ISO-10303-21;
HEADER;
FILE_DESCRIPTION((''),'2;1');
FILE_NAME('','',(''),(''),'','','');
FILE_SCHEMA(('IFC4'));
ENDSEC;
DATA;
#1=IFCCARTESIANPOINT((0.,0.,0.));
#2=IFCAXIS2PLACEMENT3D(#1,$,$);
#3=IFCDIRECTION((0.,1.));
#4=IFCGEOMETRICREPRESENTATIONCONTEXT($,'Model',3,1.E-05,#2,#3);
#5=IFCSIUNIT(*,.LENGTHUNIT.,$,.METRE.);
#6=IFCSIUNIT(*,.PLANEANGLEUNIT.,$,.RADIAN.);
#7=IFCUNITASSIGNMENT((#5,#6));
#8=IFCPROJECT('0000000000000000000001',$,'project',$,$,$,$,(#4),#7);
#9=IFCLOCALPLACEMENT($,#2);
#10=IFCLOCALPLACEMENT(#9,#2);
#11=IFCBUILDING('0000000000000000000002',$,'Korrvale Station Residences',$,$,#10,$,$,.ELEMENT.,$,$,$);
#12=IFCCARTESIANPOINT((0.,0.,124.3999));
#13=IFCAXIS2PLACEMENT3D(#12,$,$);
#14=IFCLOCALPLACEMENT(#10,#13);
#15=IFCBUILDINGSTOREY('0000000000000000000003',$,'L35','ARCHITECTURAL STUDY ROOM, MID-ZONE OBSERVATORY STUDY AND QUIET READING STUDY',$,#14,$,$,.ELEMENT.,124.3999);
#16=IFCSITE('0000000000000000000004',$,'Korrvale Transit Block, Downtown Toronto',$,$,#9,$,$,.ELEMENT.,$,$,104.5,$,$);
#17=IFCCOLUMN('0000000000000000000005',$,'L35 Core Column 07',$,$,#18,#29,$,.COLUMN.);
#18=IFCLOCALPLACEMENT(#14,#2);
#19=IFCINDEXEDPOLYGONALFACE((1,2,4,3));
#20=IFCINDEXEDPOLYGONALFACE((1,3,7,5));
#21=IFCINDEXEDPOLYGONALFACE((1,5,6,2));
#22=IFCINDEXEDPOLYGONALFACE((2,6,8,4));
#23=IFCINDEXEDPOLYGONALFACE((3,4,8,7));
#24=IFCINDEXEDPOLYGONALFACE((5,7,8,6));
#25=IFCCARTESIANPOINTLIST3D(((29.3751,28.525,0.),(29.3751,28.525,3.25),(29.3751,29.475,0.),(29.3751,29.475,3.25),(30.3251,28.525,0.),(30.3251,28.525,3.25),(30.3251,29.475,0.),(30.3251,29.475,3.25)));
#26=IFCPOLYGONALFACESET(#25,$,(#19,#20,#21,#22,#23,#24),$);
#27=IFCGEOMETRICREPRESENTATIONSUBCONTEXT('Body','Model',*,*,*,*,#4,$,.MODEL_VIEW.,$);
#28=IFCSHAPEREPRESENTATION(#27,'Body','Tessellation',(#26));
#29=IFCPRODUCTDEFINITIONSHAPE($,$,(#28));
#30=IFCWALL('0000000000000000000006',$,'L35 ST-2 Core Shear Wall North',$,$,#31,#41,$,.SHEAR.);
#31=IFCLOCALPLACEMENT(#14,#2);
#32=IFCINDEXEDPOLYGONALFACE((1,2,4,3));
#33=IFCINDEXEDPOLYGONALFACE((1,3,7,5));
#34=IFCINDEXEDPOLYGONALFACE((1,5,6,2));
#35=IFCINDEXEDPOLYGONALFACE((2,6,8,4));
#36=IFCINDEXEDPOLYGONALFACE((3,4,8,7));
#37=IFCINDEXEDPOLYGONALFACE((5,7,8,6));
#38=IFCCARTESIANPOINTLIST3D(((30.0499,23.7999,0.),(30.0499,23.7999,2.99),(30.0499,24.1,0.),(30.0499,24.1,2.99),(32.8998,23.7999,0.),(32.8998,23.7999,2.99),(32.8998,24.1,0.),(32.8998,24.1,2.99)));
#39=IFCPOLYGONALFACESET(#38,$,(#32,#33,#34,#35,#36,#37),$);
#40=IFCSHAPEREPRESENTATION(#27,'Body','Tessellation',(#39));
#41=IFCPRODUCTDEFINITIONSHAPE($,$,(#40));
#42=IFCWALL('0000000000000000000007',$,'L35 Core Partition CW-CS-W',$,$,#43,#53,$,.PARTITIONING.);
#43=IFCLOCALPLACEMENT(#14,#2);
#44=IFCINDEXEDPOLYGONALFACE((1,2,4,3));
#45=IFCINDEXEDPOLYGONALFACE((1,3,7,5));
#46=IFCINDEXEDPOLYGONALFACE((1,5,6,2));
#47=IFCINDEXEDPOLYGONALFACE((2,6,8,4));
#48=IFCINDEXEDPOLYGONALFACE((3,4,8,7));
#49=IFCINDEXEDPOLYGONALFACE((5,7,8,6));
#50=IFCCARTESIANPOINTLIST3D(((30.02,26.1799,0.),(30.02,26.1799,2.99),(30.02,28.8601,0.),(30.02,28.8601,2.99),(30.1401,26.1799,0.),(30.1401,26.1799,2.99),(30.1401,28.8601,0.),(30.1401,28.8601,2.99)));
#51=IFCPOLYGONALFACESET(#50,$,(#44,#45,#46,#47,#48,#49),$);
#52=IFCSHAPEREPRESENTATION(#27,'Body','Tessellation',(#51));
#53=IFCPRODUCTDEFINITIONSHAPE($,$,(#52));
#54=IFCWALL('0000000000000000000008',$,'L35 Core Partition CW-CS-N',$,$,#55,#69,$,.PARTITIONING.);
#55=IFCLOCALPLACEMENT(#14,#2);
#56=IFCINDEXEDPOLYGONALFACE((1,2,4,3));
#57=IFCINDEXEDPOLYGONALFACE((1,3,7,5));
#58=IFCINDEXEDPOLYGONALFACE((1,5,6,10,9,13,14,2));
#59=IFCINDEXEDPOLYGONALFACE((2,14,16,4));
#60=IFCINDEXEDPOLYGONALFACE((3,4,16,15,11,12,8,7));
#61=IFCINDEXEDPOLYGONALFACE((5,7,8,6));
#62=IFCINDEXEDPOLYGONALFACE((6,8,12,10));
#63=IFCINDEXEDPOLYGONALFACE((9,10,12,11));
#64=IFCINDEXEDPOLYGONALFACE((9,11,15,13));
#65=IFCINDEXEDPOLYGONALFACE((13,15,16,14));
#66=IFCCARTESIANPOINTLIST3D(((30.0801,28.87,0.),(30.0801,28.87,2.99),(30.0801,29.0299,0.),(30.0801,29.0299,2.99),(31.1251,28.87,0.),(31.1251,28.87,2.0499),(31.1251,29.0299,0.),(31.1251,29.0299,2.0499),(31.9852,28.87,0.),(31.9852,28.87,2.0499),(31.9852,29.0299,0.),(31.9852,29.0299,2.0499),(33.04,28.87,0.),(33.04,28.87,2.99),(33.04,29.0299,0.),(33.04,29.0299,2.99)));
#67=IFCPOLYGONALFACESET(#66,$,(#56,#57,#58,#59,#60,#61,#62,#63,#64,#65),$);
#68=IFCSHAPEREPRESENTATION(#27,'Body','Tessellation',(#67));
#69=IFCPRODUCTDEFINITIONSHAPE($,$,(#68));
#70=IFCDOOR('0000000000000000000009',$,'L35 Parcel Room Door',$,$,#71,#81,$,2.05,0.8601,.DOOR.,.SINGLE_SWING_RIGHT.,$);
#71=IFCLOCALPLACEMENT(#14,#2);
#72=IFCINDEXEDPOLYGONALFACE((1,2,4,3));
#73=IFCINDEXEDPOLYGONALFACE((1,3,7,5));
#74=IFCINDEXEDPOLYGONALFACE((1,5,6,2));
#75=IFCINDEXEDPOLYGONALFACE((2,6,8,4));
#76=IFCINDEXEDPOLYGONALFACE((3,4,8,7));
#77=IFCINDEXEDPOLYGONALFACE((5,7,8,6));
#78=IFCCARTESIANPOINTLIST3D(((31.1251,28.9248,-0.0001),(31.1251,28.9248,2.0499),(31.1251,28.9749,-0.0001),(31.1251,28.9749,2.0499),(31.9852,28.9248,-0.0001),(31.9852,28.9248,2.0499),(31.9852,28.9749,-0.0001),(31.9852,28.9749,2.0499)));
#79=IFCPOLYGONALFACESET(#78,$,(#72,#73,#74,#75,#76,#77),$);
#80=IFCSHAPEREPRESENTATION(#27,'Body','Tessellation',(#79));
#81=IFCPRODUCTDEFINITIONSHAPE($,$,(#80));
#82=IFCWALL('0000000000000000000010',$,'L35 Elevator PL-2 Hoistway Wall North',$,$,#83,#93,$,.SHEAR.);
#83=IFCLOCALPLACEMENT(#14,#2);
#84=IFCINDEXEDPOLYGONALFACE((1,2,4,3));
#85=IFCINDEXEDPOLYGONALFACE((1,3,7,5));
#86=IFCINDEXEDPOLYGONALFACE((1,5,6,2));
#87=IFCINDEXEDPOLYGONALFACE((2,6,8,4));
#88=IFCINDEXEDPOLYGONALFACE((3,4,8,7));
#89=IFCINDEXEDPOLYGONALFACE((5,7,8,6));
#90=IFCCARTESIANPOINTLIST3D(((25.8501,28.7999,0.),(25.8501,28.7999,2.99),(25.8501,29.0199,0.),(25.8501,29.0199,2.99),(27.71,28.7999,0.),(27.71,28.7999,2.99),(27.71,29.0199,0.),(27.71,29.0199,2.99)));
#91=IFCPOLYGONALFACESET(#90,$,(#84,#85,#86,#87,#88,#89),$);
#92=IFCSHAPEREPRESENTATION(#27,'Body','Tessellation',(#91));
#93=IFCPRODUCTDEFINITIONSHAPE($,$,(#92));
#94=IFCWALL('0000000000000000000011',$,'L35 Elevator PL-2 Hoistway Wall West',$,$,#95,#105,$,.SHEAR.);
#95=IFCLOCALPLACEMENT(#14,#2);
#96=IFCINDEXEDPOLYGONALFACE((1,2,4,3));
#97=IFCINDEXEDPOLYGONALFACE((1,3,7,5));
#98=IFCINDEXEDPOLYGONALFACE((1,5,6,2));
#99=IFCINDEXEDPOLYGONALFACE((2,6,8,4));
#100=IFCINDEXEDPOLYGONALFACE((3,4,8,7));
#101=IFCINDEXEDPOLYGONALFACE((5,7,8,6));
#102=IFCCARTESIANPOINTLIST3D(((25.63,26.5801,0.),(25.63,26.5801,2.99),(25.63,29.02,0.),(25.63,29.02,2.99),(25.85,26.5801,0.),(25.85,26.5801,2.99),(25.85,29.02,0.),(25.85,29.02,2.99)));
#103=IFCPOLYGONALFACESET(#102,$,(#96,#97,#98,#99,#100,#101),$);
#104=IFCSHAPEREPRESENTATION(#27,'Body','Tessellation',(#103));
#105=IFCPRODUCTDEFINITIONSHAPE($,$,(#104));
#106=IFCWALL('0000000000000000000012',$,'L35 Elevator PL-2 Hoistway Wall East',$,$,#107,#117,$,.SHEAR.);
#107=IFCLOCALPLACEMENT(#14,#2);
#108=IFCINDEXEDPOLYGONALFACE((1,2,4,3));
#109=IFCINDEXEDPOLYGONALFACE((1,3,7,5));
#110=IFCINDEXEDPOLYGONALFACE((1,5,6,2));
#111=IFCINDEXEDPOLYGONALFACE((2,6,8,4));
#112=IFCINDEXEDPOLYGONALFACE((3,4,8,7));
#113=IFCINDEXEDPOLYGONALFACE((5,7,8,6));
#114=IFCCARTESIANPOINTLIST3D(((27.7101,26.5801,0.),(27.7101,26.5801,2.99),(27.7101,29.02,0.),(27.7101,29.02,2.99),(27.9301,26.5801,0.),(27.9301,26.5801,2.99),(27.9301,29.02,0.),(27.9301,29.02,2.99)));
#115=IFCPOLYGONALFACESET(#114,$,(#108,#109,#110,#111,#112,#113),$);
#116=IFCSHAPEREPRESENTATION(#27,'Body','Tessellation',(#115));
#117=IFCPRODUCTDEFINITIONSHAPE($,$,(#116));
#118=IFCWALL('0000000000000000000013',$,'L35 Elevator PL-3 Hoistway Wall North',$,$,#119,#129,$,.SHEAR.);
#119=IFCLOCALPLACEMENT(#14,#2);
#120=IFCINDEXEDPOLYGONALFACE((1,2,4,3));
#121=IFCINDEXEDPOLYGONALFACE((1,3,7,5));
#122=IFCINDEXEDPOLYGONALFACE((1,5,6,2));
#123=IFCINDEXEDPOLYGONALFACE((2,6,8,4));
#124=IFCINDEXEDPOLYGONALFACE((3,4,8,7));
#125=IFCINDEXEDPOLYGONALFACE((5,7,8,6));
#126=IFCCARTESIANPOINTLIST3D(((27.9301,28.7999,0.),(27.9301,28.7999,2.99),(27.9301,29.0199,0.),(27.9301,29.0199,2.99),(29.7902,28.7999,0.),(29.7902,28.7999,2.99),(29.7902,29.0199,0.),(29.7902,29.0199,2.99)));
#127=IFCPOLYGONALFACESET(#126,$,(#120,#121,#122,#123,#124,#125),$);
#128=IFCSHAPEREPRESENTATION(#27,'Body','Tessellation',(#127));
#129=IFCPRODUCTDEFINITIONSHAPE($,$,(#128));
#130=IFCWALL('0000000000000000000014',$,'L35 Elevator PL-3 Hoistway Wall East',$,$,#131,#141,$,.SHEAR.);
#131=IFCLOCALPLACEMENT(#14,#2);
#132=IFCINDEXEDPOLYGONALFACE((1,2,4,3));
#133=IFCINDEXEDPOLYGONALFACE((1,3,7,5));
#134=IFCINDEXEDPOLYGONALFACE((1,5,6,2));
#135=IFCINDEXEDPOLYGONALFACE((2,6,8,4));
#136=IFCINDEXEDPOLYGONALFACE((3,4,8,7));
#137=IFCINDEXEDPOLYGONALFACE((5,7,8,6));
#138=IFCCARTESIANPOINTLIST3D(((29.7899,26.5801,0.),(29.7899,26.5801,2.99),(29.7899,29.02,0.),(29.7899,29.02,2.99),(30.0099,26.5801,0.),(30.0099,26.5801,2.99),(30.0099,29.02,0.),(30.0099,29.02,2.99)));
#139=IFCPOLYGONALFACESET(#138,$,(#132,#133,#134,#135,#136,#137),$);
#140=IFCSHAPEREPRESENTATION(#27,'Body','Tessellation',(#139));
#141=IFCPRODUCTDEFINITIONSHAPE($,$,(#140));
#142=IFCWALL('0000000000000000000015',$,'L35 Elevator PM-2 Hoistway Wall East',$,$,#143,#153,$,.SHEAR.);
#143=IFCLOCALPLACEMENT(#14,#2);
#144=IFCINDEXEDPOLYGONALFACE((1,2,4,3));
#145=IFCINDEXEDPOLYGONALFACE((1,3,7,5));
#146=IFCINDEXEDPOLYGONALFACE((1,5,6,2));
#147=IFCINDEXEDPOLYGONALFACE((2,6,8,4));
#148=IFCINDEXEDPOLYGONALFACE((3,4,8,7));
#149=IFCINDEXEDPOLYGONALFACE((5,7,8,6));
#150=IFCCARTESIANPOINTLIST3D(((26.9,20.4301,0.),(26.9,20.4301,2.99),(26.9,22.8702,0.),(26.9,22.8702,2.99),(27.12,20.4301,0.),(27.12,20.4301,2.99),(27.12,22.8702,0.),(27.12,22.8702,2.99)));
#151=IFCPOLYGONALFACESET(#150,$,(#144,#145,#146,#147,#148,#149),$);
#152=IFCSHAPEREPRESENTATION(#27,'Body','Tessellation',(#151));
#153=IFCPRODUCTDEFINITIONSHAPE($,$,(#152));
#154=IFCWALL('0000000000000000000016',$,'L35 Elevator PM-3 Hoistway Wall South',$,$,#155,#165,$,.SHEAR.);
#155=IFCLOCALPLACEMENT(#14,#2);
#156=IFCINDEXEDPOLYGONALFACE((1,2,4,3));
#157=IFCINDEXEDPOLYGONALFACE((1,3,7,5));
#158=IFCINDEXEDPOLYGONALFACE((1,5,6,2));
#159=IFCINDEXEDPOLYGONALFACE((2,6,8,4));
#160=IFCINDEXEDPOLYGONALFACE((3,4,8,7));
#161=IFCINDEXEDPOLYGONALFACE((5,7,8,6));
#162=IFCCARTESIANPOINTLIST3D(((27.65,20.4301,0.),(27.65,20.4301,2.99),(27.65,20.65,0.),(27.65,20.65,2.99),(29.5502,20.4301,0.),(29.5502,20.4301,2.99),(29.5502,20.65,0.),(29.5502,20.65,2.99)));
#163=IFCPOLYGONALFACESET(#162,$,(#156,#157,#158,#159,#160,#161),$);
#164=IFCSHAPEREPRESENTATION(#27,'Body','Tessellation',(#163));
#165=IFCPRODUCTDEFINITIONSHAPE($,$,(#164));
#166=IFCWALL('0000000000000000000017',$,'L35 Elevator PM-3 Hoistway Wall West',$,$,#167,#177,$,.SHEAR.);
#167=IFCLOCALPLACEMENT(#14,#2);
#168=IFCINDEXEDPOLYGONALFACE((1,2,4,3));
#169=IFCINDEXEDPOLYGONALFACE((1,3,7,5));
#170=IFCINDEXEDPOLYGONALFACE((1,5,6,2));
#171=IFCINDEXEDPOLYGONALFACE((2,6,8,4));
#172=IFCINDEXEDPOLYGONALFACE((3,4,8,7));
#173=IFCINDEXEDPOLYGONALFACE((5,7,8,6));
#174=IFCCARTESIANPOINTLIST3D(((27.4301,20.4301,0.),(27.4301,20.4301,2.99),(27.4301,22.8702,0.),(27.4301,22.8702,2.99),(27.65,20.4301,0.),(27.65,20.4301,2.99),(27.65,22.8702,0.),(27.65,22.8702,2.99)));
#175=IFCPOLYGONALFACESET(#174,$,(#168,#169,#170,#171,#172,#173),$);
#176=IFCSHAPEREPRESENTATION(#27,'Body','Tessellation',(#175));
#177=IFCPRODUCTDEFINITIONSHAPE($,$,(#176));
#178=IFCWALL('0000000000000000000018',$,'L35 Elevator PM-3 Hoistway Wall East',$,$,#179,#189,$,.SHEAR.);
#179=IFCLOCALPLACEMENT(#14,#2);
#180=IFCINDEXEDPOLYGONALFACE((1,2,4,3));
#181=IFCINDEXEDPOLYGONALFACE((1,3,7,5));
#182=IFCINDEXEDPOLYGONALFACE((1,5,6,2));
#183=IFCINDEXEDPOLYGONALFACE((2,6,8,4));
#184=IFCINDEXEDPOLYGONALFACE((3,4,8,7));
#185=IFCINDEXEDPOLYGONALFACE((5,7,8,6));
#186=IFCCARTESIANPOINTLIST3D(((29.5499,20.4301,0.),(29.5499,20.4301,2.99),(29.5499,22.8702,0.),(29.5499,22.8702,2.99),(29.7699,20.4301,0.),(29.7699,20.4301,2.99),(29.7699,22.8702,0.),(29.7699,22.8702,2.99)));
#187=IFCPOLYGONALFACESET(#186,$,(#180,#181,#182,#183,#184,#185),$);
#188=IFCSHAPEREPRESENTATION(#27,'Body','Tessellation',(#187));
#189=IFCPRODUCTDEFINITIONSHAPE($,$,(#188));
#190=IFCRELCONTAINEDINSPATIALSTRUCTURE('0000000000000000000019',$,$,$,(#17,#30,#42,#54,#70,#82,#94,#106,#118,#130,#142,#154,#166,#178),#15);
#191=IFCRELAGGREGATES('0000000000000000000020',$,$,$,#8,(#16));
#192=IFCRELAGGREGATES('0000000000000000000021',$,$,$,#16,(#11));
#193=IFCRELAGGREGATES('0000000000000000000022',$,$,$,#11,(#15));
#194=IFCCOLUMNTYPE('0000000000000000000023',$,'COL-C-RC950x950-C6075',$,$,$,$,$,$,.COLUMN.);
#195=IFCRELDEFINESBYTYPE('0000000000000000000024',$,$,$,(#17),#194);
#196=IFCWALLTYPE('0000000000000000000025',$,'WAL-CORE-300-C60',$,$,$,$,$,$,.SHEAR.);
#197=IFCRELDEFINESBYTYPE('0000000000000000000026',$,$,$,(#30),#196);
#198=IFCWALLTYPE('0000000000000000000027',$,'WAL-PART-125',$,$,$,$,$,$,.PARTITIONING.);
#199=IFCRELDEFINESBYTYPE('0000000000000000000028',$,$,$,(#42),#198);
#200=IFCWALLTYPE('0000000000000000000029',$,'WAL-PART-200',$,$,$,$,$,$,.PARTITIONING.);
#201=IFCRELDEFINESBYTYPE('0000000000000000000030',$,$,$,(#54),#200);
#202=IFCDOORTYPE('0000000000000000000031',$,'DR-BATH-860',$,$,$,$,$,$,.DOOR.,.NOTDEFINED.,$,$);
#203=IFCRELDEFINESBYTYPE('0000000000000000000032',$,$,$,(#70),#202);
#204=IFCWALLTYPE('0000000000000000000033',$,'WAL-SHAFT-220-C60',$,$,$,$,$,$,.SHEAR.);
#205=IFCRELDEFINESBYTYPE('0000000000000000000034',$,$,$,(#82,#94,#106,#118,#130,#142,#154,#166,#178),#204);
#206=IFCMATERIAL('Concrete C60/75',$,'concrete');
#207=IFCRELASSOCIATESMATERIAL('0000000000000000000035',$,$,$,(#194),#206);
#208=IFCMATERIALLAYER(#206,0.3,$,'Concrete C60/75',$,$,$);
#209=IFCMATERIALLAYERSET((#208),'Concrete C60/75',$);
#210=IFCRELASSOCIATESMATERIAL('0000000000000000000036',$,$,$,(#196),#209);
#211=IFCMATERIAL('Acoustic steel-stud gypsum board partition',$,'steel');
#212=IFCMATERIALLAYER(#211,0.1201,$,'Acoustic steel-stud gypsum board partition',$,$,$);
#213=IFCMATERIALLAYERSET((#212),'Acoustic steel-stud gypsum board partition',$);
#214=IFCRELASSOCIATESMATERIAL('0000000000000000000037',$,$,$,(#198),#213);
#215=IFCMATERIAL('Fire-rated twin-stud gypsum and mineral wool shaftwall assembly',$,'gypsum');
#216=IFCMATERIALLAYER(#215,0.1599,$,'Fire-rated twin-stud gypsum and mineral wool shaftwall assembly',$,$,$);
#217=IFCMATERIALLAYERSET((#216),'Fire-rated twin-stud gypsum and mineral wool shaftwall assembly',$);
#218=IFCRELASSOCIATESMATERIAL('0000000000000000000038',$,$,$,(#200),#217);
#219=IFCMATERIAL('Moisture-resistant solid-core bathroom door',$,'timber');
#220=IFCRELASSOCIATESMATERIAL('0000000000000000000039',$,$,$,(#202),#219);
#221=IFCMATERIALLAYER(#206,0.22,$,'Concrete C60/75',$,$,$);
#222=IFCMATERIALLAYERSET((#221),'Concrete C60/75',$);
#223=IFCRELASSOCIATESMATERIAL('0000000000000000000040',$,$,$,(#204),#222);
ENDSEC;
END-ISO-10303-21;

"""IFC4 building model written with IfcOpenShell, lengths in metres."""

from ifc_helpers import new_model, si_unit, direction, frame, frame_2d, origin, origin_2d, place, context, subcontext, project, spatial, rectangle, extrude, material, layer, layer_set, material_profile, profile_set, type_object, element, fill, save


model = new_model("IFC4")

# Units and contexts
model_context = context("Model", 3, precision=1e-05, world=origin(), true_north=direction((0.0, 1.0)))
body_context = subcontext(model_context, "Body", "Model", "MODEL_VIEW")
ifc_project = project(units=[si_unit("LENGTHUNIT", "METRE"), si_unit("PLANEANGLEUNIT", "RADIAN")], contexts=[model_context])

# Site, building, storey
site_placement = place(None, origin())
site = spatial("IfcSite", under=ifc_project, at=site_placement, Name="Korrvale Transit Block, Downtown Toronto", CompositionType="ELEMENT", RefElevation=104.5)
building_placement = place(site_placement, origin())
building = spatial("IfcBuilding", under=site, at=building_placement, Name="Korrvale Station Residences", CompositionType="ELEMENT")
storey_placement = place(building_placement, frame((0.0, 0.0, 124.3999)))
storey = spatial("IfcBuildingStorey", under=building, at=storey_placement, Name="L35", Description="ARCHITECTURAL STUDY ROOM, MID-ZONE OBSERVATORY STUDY AND QUIET READING STUDY", CompositionType="ELEMENT", Elevation=124.3999)

# Column
ifc_material_1 = material(Name="Concrete C60/75", Category="concrete")
ifc_material_profile = material_profile(ifc_material_1, rectangle(XDim=0.95, YDim=0.95, at=origin_2d()), Name="RC950x950")
ifc_profile_set = profile_set([ifc_material_profile], Name="Concrete C60/75")
column_type = type_object("IfcColumnType", Name="COL-C-RC950x950-C6075", PredefinedType="COLUMN", material=ifc_profile_set)
column_placement = place(storey_placement, frame((29.8501, 29.0, 0.0), z_axis=(0.0, 0.0, 1.0), x_axis=(1.0, 0.0, 0.0)))
element("IfcColumn", 1, at=column_placement, inside=storey, type_object=column_type, Name="L35 Core Column 07", PredefinedType="COLUMN", context=body_context, shape_type="SweptSolid", body=[
    extrude(rectangle(XDim=0.95, YDim=0.95, at=origin_2d()), origin(), (0.0, 0.0, 1.0), 3.25),
])

# Walls
ifc_layer_1 = layer(ifc_material_1, 0.3, Name="Concrete C60/75")
ifc_layer_set_1 = layer_set([ifc_layer_1], Name="Concrete C60/75")
wall_type_1 = type_object("IfcWallType", Name="WAL-CORE-300-C60", PredefinedType="SHEAR", material=ifc_layer_set_1)
wall_1_placement = place(storey_placement, frame((30.05, 23.95, 0.0), z_axis=(0.0, 0.0, 1.0), x_axis=(1.0, 0.0, 0.0)))
element("IfcWall", 2, at=wall_1_placement, inside=storey, type_object=wall_type_1, Name="L35 ST-2 Core Shear Wall North", PredefinedType="SHEAR", context=body_context, shape_type="SweptSolid", body=[
    extrude(rectangle(XDim=2.8499, YDim=0.3, at=frame_2d((1.4248, 0.0))), origin(), (0.0, 0.0, 1.0), 2.99),
])
ifc_material_2 = material(Name="Acoustic steel-stud gypsum board partition", Category="steel")
ifc_layer_2 = layer(ifc_material_2, 0.1201, Name="Acoustic steel-stud gypsum board partition")
ifc_layer_set_2 = layer_set([ifc_layer_2], Name="Acoustic steel-stud gypsum board partition")
wall_type_2 = type_object("IfcWallType", Name="WAL-PART-125", PredefinedType="PARTITIONING", material=ifc_layer_set_2)
wall_2_placement = place(storey_placement, frame((30.0801, 26.1799, 0.0), z_axis=(0.0, 0.0, 1.0), x_axis=(0.0, 1.0, 0.0)))
element("IfcWall", 3, at=wall_2_placement, inside=storey, type_object=wall_type_2, Name="L35 Core Partition CW-CS-W", PredefinedType="PARTITIONING", context=body_context, shape_type="SweptSolid", body=[
    extrude(rectangle(XDim=2.6802, YDim=0.1201, at=frame_2d((1.3401, 0.0))), origin(), (0.0, 0.0, 1.0), 2.99),
])

# Wall, opening, door
ifc_material_3 = material(Name="Fire-rated twin-stud gypsum and mineral wool shaftwall assembly", Category="gypsum")
ifc_layer_3 = layer(ifc_material_3, 0.1599, Name="Fire-rated twin-stud gypsum and mineral wool shaftwall assembly")
ifc_layer_set_3 = layer_set([ifc_layer_3], Name="Fire-rated twin-stud gypsum and mineral wool shaftwall assembly")
wall_type_3 = type_object("IfcWallType", Name="WAL-PART-200", PredefinedType="PARTITIONING", material=ifc_layer_set_3)
wall_3_placement = place(storey_placement, frame((30.0801, 28.95, 0.0), z_axis=(0.0, 0.0, 1.0), x_axis=(1.0, 0.0, 0.0)))
wall_3 = element("IfcWall", 4, at=wall_3_placement, inside=storey, type_object=wall_type_3, Name="L35 Core Partition CW-CS-N", PredefinedType="PARTITIONING", context=body_context, shape_type="SweptSolid", body=[
    extrude(rectangle(XDim=2.96, YDim=0.1599, at=frame_2d((1.48, 0.0))), origin(), (0.0, 0.0, 1.0), 2.99),
])
opening_1_placement = place(wall_3_placement, frame((1.0449, 0.0, 0.0)))
opening_1 = element("IfcOpeningElement", 5, at=opening_1_placement, cuts=wall_3, PredefinedType="OPENING", context=body_context, shape_type="SweptSolid", body=[
    extrude(rectangle(XDim=0.8601, YDim=2.05, at=frame_2d((0.4302, 1.0249))), frame((0.0, 0.0898, 0.0), z_axis=(0.0, -1.0, 0.0), x_axis=(1.0, 0.0, 0.0)), (0.0, 0.0, 1.0), 0.1799),
])
ifc_material_4 = material(Name="Moisture-resistant solid-core bathroom door", Category="timber")
door_type_1 = type_object("IfcDoorType", Name="DR-BATH-860", OperationType="NOTDEFINED", PredefinedType="DOOR", material=ifc_material_4)
door_1_placement = place(opening_1_placement, origin())
door_1 = element("IfcDoor", 6, at=door_1_placement, inside=storey, type_object=door_type_1, Name="L35 Parcel Room Door", OperationType="SINGLE_SWING_RIGHT", OverallHeight=2.05, OverallWidth=0.8601, PredefinedType="DOOR", context=body_context, shape_type="SweptSolid", body=[
    extrude(rectangle(XDim=0.8601, YDim=2.05, at=frame_2d((0.4302, 1.0249))), frame((0.0, 0.0249, 0.0), z_axis=(0.0, -1.0, 0.0), x_axis=(1.0, 0.0, 0.0)), (0.0, 0.0, 1.0), 0.05),
])
fill(opening_1, door_1)
ifc_layer_4 = layer(ifc_material_1, 0.22, Name="Concrete C60/75")
ifc_layer_set_4 = layer_set([ifc_layer_4], Name="Concrete C60/75")
wall_type_4 = type_object("IfcWallType", Name="WAL-SHAFT-220-C60", PredefinedType="SHEAR", material=ifc_layer_set_4)

# Walls
wall_4_placement = place(storey_placement, frame((25.8501, 28.9099, 0.0), z_axis=(0.0, 0.0, 1.0), x_axis=(1.0, 0.0, 0.0)))
element("IfcWall", 7, at=wall_4_placement, inside=storey, type_object=wall_type_4, Name="L35 Elevator PL-2 Hoistway Wall North", PredefinedType="SHEAR", context=body_context, shape_type="SweptSolid", body=[
    extrude(rectangle(XDim=1.8599, YDim=0.22, at=frame_2d((0.9299, 0.0))), origin(), (0.0, 0.0, 1.0), 2.99),
])
for number, where, z_axis, x_axis, name in (
    (8, (25.74, 26.5801, 0.0), (0.0, 0.0, 1.0), (0.0, 1.0, 0.0), "L35 Elevator PL-2 Hoistway Wall West"),
    (9, (27.8201, 26.5801, 0.0), (0.0, 0.0, 1.0), (0.0, 1.0, 0.0), "L35 Elevator PL-2 Hoistway Wall East"),
):
    element("IfcWall", number, at=place(storey_placement, frame(where, z_axis=z_axis, x_axis=x_axis)), inside=storey, type_object=wall_type_4, Name=name, PredefinedType="SHEAR", context=body_context, shape_type="SweptSolid", body=[
        extrude(rectangle(XDim=2.4399, YDim=0.22, at=frame_2d((1.22, 0.0))), origin(), (0.0, 0.0, 1.0), 2.99),
    ])

# Walls
wall_5_placement = place(storey_placement, frame((27.9299, 28.9099, 0.0), z_axis=(0.0, 0.0, 1.0), x_axis=(1.0, 0.0, 0.0)))
element("IfcWall", 10, at=wall_5_placement, inside=storey, type_object=wall_type_4, Name="L35 Elevator PL-3 Hoistway Wall North", PredefinedType="SHEAR", context=body_context, shape_type="SweptSolid", body=[
    extrude(rectangle(XDim=1.8601, YDim=0.22, at=frame_2d((0.9302, 0.0))), origin(), (0.0, 0.0, 1.0), 2.99),
])
wall_6_placement = place(storey_placement, frame((29.8999, 26.5801, 0.0), z_axis=(0.0, 0.0, 1.0), x_axis=(0.0, 1.0, 0.0)))
element("IfcWall", 11, at=wall_6_placement, inside=storey, type_object=wall_type_4, Name="L35 Elevator PL-3 Hoistway Wall East", PredefinedType="SHEAR", context=body_context, shape_type="SweptSolid", body=[
    extrude(rectangle(XDim=2.4399, YDim=0.22, at=frame_2d((1.22, 0.0))), origin(), (0.0, 0.0, 1.0), 2.99),
])

# Walls
wall_7_placement = place(storey_placement, frame((27.01, 20.4299, 0.0), z_axis=(0.0, 0.0, 1.0), x_axis=(0.0, 1.0, 0.0)))
element("IfcWall", 12, at=wall_7_placement, inside=storey, type_object=wall_type_4, Name="L35 Elevator PM-2 Hoistway Wall East", PredefinedType="SHEAR", context=body_context, shape_type="SweptSolid", body=[
    extrude(rectangle(XDim=2.4402, YDim=0.22, at=frame_2d((1.2202, 0.0))), origin(), (0.0, 0.0, 1.0), 2.99),
])
wall_8_placement = place(storey_placement, frame((27.6499, 20.54, 0.0), z_axis=(0.0, 0.0, 1.0), x_axis=(1.0, 0.0, 0.0)))
element("IfcWall", 13, at=wall_8_placement, inside=storey, type_object=wall_type_4, Name="L35 Elevator PM-3 Hoistway Wall South", PredefinedType="SHEAR", context=body_context, shape_type="SweptSolid", body=[
    extrude(rectangle(XDim=1.9001, YDim=0.22, at=frame_2d((0.9502, 0.0))), origin(), (0.0, 0.0, 1.0), 2.99),
])

# Walls
for number, where, z_axis, x_axis, name in (
    (14, (27.54, 20.4299, 0.0), (0.0, 0.0, 1.0), (0.0, 1.0, 0.0), "L35 Elevator PM-3 Hoistway Wall West"),
    (15, (29.6599, 20.4299, 0.0), (0.0, 0.0, 1.0), (0.0, 1.0, 0.0), "L35 Elevator PM-3 Hoistway Wall East"),
):
    element("IfcWall", number, at=place(storey_placement, frame(where, z_axis=z_axis, x_axis=x_axis)), inside=storey, type_object=wall_type_4, Name=name, PredefinedType="SHEAR", context=body_context, shape_type="SweptSolid", body=[
        extrude(rectangle(XDim=2.4402, YDim=0.22, at=frame_2d((1.2202, 0.0))), origin(), (0.0, 0.0, 1.0), 2.99),
    ])

save(model, "model.ifc")
